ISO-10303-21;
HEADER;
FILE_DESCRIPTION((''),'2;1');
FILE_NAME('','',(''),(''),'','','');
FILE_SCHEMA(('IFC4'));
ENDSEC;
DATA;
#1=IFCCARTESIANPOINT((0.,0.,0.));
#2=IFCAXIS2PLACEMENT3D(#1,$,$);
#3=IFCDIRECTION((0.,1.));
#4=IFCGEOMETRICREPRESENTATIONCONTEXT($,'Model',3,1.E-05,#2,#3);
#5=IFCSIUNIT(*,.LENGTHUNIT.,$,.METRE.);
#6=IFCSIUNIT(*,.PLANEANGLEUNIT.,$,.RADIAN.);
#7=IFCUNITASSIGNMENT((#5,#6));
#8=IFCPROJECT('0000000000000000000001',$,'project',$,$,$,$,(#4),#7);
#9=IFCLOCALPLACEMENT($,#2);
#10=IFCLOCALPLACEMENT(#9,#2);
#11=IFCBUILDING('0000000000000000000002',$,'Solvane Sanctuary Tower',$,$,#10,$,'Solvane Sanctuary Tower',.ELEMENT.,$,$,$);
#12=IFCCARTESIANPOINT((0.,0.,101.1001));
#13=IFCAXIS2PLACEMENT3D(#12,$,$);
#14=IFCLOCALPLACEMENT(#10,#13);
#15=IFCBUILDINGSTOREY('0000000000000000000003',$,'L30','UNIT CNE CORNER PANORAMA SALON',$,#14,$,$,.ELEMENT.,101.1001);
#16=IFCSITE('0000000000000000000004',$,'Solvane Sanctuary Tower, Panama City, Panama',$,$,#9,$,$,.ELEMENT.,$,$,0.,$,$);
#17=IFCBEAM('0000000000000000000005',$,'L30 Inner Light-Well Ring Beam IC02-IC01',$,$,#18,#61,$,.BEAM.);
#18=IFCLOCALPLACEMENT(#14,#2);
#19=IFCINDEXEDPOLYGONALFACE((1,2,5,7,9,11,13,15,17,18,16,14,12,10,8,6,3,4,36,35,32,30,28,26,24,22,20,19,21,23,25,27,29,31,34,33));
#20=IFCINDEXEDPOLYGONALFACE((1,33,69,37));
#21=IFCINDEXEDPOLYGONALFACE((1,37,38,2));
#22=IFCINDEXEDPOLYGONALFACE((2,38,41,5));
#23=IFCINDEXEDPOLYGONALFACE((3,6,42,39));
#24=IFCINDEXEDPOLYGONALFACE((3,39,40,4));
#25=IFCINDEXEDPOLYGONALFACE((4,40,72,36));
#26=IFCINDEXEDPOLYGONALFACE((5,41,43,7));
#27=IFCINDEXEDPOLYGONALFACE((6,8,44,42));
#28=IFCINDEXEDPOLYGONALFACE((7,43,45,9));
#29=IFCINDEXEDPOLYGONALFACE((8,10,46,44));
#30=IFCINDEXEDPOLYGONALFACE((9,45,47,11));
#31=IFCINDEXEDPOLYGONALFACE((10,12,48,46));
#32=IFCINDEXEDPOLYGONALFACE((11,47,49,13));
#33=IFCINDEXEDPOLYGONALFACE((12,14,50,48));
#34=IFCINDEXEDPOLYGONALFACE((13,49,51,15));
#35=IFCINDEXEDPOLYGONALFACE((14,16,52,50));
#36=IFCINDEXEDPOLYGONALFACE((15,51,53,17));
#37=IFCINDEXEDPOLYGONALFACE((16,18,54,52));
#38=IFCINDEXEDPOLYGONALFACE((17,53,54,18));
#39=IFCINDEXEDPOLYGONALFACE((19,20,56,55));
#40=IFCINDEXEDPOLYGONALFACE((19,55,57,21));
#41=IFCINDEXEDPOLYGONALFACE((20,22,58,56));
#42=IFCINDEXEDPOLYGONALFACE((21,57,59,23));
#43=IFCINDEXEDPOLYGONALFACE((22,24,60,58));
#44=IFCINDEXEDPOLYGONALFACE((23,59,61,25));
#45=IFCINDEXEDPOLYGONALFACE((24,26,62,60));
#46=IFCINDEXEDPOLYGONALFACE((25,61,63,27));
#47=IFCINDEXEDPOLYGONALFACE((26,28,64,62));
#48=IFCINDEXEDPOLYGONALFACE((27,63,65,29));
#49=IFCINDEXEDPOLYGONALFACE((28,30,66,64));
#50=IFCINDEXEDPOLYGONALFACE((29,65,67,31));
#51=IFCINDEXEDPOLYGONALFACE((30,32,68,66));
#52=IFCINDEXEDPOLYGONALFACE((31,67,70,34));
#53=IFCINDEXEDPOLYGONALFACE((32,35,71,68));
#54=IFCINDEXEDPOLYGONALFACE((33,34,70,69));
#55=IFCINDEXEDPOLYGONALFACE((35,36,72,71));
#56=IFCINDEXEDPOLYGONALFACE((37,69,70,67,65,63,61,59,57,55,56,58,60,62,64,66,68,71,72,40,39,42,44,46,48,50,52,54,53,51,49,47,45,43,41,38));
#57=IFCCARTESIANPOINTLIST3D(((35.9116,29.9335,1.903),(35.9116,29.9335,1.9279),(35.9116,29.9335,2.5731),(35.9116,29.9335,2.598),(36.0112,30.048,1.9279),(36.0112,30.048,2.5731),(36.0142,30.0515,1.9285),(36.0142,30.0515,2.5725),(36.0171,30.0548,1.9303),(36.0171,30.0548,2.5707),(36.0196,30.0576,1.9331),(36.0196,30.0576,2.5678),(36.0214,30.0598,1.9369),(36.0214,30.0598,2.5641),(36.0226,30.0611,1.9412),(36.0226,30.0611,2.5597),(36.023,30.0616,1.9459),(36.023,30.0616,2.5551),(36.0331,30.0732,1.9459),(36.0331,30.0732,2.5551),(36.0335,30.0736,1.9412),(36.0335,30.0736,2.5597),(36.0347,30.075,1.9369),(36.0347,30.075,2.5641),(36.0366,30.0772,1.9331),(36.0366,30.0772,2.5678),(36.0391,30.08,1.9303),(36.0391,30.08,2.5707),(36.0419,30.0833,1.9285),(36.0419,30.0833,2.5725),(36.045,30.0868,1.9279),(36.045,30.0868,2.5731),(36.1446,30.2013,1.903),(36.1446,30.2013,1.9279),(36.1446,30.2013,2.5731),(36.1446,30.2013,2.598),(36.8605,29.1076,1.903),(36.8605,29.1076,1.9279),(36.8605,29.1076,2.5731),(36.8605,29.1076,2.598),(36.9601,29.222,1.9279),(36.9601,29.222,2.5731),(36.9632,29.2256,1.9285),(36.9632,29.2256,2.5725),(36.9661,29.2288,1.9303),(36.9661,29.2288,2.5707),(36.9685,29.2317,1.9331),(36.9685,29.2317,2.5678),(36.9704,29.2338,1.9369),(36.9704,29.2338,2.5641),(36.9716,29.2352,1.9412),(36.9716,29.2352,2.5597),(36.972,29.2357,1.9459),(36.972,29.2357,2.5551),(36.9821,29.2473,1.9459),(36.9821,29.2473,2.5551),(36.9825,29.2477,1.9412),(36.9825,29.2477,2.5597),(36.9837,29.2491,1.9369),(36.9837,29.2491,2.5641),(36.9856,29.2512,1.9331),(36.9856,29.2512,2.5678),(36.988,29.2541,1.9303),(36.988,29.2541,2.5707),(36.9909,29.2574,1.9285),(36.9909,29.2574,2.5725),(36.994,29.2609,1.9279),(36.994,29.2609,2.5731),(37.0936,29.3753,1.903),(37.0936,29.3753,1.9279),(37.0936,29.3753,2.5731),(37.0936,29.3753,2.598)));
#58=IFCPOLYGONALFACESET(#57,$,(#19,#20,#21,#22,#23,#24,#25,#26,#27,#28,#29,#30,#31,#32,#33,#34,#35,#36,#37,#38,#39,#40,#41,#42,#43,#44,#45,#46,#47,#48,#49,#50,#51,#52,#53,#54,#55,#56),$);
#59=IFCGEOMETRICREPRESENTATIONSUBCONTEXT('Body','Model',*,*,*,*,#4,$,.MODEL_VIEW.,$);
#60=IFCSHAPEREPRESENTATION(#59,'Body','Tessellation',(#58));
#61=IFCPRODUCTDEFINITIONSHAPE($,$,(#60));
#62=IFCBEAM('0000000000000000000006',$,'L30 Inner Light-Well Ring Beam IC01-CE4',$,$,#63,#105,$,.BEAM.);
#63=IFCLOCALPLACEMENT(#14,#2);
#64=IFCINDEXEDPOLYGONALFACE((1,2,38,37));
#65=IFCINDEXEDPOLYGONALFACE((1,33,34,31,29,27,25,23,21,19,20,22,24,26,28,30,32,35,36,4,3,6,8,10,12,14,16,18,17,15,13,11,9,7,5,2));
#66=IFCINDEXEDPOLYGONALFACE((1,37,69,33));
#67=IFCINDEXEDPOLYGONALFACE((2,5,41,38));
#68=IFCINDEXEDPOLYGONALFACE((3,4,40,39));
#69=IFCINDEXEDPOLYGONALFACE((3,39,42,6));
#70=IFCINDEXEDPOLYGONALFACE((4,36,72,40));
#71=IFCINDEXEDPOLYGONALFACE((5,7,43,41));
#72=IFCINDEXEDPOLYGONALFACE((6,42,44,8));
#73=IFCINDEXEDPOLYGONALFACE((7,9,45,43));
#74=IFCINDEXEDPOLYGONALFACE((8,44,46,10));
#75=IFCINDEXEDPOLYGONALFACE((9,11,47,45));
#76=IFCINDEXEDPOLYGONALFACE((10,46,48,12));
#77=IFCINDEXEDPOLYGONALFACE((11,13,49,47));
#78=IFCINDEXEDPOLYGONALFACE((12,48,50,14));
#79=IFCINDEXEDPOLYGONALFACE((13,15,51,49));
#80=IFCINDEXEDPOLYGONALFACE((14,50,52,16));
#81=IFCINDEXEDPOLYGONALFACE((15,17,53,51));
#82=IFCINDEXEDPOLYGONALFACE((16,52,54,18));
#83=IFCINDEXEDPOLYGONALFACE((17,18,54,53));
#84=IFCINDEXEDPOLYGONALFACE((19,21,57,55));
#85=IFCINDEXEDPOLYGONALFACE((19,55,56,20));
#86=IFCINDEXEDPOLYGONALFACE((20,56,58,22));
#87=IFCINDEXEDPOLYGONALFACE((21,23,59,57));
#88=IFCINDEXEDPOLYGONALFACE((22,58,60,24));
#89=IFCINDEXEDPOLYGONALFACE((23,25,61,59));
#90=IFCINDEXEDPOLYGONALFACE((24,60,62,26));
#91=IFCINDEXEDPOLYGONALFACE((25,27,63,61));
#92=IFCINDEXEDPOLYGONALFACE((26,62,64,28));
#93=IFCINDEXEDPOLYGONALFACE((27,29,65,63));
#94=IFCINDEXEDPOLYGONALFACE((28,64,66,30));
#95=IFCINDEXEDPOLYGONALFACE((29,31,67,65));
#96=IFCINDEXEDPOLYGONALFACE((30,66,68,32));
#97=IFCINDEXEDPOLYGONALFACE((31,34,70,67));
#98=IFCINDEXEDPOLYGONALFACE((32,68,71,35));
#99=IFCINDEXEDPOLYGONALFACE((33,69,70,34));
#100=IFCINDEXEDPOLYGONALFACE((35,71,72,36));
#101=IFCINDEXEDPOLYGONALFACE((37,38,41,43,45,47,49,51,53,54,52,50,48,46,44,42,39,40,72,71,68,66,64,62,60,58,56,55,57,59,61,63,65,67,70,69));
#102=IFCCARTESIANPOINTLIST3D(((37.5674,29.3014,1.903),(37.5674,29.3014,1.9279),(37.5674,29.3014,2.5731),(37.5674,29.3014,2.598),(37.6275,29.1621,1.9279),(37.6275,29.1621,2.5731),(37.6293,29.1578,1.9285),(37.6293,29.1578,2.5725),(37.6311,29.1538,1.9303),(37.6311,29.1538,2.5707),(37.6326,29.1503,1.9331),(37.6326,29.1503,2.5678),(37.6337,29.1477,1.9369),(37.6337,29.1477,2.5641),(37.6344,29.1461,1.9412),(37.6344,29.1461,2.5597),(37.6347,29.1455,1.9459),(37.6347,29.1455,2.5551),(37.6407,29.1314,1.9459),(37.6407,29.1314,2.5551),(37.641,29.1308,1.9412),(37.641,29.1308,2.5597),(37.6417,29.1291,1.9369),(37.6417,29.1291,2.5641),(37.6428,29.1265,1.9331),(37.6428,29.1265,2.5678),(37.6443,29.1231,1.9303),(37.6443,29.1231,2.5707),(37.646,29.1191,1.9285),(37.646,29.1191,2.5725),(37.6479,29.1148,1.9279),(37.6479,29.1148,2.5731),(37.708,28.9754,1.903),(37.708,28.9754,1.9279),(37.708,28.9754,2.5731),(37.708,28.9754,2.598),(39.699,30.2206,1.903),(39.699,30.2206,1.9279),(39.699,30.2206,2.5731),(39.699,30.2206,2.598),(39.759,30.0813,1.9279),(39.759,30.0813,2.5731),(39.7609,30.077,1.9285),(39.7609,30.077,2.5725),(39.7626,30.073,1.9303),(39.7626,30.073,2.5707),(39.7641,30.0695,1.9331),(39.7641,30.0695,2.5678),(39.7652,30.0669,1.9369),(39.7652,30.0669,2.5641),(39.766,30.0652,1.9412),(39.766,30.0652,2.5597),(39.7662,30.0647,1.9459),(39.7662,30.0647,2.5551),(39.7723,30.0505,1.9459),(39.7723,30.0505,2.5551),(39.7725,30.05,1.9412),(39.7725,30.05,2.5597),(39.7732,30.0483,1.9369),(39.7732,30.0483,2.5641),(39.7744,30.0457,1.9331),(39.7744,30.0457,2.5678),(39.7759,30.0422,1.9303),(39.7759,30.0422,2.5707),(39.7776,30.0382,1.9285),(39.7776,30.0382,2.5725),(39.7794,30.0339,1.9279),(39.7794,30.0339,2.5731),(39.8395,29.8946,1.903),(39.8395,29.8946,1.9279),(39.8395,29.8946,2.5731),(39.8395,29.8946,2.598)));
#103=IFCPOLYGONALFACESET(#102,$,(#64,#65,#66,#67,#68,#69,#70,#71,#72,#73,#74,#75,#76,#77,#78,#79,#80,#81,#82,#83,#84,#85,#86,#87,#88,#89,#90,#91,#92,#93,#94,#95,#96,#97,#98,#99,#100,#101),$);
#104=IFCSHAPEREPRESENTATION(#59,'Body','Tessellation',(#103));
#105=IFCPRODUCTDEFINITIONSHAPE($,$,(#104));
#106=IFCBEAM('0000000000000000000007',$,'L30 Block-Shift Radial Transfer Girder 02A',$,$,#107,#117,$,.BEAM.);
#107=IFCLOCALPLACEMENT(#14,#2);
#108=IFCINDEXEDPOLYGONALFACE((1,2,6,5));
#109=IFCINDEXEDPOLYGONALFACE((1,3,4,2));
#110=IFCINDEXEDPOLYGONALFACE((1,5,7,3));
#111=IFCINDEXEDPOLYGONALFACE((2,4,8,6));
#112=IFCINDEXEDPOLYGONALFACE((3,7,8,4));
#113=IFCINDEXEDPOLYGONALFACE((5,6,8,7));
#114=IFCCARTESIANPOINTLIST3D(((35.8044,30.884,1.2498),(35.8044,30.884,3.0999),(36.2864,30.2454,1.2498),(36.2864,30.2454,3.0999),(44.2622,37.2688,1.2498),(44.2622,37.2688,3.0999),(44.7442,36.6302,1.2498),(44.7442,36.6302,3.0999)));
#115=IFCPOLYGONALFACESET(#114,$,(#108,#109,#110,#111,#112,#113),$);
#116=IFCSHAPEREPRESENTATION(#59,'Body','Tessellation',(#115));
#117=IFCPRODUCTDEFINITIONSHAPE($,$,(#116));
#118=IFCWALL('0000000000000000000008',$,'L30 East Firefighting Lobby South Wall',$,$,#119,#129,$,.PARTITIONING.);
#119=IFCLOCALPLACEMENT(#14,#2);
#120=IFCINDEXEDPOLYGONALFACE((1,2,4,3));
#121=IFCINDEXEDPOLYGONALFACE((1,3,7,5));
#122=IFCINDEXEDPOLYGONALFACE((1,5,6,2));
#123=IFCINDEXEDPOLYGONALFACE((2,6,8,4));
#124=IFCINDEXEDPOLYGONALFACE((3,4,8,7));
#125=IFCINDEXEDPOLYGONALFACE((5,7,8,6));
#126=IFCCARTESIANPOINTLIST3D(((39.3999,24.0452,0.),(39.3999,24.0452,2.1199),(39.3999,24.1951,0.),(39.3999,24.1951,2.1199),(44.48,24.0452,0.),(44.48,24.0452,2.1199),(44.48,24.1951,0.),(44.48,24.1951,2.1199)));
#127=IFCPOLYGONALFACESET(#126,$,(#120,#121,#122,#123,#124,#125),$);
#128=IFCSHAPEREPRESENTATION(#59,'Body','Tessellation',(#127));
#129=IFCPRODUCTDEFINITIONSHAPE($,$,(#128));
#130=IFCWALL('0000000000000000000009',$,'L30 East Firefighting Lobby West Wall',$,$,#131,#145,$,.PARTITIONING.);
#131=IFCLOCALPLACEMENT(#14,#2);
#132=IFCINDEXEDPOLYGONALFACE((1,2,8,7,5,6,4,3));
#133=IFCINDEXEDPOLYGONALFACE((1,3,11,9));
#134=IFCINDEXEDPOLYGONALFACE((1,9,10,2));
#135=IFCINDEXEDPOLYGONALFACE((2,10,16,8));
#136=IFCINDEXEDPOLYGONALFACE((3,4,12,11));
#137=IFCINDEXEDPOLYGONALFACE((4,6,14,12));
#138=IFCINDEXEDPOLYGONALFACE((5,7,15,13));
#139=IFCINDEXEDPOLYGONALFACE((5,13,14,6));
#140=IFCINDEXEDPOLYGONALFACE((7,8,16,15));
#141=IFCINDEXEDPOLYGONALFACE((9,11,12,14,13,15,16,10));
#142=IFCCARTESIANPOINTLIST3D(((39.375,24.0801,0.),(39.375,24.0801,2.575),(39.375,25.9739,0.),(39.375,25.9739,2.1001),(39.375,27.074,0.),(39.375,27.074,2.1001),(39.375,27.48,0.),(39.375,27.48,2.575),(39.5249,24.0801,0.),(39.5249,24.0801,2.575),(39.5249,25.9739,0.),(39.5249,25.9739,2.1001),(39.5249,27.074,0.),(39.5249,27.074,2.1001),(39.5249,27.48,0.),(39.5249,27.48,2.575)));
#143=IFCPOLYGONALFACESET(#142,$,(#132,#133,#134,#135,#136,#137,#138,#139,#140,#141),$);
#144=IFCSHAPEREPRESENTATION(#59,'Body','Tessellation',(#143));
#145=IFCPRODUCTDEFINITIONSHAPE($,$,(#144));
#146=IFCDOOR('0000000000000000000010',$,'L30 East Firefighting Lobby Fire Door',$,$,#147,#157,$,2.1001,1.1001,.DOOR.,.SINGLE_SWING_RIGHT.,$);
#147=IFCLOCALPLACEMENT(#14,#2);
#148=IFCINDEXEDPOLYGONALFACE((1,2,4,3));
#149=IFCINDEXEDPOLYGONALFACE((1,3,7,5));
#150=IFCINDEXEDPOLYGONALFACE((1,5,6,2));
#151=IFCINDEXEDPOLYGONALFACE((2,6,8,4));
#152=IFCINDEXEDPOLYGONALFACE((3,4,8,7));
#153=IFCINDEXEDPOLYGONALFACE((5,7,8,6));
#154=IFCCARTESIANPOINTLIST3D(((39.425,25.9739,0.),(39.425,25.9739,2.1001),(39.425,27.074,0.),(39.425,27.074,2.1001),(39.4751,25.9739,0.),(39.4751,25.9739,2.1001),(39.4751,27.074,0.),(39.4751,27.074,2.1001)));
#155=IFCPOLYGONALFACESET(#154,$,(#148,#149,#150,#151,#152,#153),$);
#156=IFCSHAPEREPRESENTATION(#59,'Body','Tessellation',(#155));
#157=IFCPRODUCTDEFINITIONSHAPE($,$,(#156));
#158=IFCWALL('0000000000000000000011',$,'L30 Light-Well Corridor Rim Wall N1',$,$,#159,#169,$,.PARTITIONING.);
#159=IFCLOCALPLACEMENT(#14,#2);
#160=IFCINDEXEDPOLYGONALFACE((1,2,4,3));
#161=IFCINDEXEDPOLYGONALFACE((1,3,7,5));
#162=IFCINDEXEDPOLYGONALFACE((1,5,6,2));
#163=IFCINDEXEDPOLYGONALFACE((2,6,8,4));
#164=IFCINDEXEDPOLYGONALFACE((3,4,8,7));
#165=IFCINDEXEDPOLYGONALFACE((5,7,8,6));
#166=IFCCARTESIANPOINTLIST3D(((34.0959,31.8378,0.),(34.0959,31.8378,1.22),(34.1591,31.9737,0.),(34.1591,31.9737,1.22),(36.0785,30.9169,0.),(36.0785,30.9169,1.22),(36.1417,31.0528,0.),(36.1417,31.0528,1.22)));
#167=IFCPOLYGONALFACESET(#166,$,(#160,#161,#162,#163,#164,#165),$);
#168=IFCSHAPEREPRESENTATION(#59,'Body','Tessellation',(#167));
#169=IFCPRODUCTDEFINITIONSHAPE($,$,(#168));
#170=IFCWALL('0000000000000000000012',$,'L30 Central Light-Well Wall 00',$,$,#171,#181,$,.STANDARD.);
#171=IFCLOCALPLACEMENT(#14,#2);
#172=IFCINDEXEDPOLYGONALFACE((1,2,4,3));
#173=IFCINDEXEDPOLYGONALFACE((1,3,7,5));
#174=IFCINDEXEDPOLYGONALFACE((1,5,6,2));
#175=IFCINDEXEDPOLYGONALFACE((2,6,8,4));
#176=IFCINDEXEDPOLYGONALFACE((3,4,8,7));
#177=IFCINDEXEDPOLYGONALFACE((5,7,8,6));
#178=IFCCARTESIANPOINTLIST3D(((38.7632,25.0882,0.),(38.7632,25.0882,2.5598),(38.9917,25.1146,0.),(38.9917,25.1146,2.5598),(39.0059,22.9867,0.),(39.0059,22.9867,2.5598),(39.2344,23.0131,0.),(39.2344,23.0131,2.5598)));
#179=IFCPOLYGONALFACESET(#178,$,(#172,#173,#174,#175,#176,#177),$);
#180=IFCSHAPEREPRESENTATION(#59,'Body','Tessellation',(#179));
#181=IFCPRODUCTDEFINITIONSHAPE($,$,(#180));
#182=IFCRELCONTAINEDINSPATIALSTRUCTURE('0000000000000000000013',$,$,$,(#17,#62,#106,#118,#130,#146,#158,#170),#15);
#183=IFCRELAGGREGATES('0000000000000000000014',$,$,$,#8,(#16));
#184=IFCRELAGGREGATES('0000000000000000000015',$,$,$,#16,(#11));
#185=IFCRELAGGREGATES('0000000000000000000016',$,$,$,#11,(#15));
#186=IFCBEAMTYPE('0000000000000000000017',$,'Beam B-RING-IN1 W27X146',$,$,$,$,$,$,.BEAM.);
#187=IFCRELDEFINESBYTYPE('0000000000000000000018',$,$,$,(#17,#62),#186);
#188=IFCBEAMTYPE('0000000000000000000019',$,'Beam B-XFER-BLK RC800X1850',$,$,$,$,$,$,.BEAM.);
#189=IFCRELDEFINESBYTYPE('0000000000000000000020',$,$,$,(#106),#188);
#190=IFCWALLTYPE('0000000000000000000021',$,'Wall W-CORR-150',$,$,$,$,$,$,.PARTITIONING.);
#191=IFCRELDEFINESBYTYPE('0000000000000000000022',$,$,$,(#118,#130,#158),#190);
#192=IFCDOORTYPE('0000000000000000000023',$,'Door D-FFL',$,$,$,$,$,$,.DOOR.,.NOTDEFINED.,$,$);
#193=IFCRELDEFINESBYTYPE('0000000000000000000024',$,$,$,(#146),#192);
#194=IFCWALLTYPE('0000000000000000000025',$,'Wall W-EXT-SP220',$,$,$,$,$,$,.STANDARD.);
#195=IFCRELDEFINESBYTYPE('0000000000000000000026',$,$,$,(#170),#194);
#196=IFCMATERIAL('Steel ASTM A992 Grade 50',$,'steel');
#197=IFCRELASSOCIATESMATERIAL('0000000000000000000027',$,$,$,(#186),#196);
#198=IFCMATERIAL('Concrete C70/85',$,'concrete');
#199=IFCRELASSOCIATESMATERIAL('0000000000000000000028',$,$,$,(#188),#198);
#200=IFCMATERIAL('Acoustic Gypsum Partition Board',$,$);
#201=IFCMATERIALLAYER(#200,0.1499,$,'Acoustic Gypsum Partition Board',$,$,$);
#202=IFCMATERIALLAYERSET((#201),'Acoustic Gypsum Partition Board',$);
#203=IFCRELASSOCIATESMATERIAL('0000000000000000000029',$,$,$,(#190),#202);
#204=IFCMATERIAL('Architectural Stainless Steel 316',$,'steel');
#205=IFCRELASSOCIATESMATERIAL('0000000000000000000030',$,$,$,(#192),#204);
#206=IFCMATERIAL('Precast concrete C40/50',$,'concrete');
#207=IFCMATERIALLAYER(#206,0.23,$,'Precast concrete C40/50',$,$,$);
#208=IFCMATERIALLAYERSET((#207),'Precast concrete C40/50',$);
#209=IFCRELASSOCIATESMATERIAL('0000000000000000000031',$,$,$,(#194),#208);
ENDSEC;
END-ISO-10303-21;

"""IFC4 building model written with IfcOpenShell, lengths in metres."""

from ifc_helpers import new_model, si_unit, direction, frame, frame_2d, origin, origin_2d, place, context, subcontext, project, spatial, rectangle, i_section, extrude, material, layer, layer_set, material_profile, profile_set, type_object, element, fill, save


model = new_model("IFC4")

# Units and contexts
model_context = context("Model", 3, precision=1e-05, world=origin(), true_north=direction((0.0, 1.0)))
body_context = subcontext(model_context, "Body", "Model", "MODEL_VIEW")
ifc_project = project(units=[si_unit("LENGTHUNIT", "METRE"), si_unit("PLANEANGLEUNIT", "RADIAN")], contexts=[model_context])

# Site, building, storey
site_placement = place(None, origin())
site = spatial("IfcSite", under=ifc_project, at=site_placement, Name="Solvane Sanctuary Tower, Panama City, Panama", CompositionType="ELEMENT", RefElevation=0.0)
building_placement = place(site_placement, origin())
building = spatial("IfcBuilding", under=site, at=building_placement, Name="Solvane Sanctuary Tower", LongName="Solvane Sanctuary Tower", CompositionType="ELEMENT")
storey_placement = place(building_placement, frame((0.0, 0.0, 101.1001)))
storey = spatial("IfcBuildingStorey", under=building, at=storey_placement, Name="L30", Description="UNIT CNE CORNER PANORAMA SALON", CompositionType="ELEMENT", Elevation=101.1001)

# Beams
ifc_material_1 = material(Name="Steel ASTM A992 Grade 50", Category="steel")
ifc_material_profile_1 = material_profile(ifc_material_1, i_section(OverallWidth=0.355, OverallDepth=0.6951, WebThickness=0.0154, FlangeThickness=0.0249, FilletRadius=0.0181, at=origin_2d()), Name="W27X146")
ifc_profile_set_1 = profile_set([ifc_material_profile_1], Name="Steel ASTM A992 Grade 50")
beam_type_1 = type_object("IfcBeamType", Name="Beam B-RING-IN1 W27X146", PredefinedType="BEAM", material=ifc_profile_set_1)
beam_1_placement = place(storey_placement, frame((36.0281, 30.0674, 2.2505), z_axis=(0.754317, -0.65651, 0.0), x_axis=(0.65651, 0.754317, 0.0)))
element("IfcBeam", 1, at=beam_1_placement, inside=storey, type_object=beam_type_1, Name="L30 Inner Light-Well Ring Beam IC02-IC01", PredefinedType="BEAM", context=body_context, shape_type="SweptSolid", body=[
    extrude(i_section(OverallWidth=0.355, OverallDepth=0.6951, WebThickness=0.0154, FlangeThickness=0.0249, FilletRadius=0.0181, at=origin_2d()), origin(), (0.0, 0.0, 1.0), 1.2581),
])
beam_2_placement = place(storey_placement, frame((37.6377, 29.1384, 2.2505), z_axis=(0.918261, 0.395975, 0.0), x_axis=(-0.395975, 0.918261, 0.0)))
element("IfcBeam", 2, at=beam_2_placement, inside=storey, type_object=beam_type_1, Name="L30 Inner Light-Well Ring Beam IC01-CE4", PredefinedType="BEAM", context=body_context, shape_type="SweptSolid", body=[
    extrude(i_section(OverallWidth=0.355, OverallDepth=0.6951, WebThickness=0.0154, FlangeThickness=0.0249, FilletRadius=0.0181, at=origin_2d()), origin(), (0.0, 0.0, 1.0), 2.3213),
])
ifc_material_2 = material(Name="Concrete C70/85", Category="concrete")
ifc_material_profile_2 = material_profile(ifc_material_2, rectangle(XDim=0.8, YDim=1.8501, at=origin_2d()), Name="RC800X1850")
ifc_profile_set_2 = profile_set([ifc_material_profile_2], Name="Concrete C70/85")
beam_type_2 = type_object("IfcBeamType", Name="Beam B-XFER-BLK RC800X1850", PredefinedType="BEAM", material=ifc_profile_set_2)
beam_3_placement = place(storey_placement, frame((36.0454, 30.5647, 2.1748), z_axis=(0.798119, 0.6025, 0.0), x_axis=(-0.6025, 0.798119, 0.0)))
element("IfcBeam", 3, at=beam_3_placement, inside=storey, type_object=beam_type_2, Name="L30 Block-Shift Radial Transfer Girder 02A", PredefinedType="BEAM", context=body_context, shape_type="SweptSolid", body=[
    extrude(rectangle(XDim=0.8, YDim=1.8501, at=origin_2d()), origin(), (0.0, 0.0, 1.0), 10.5972),
])

# Wall
ifc_material_3 = material(Name="Acoustic Gypsum Partition Board")
ifc_layer_1 = layer(ifc_material_3, 0.1499, Name="Acoustic Gypsum Partition Board")
ifc_layer_set_1 = layer_set([ifc_layer_1], Name="Acoustic Gypsum Partition Board")
wall_type_1 = type_object("IfcWallType", Name="Wall W-CORR-150", PredefinedType="PARTITIONING", material=ifc_layer_set_1)
wall_1_placement = place(storey_placement, frame((39.3999, 24.1201, 0.0), z_axis=(0.0, 0.0, 1.0), x_axis=(1.0, 0.0, 0.0)))
element("IfcWall", 4, at=wall_1_placement, inside=storey, type_object=wall_type_1, Name="L30 East Firefighting Lobby South Wall", PredefinedType="PARTITIONING", context=body_context, shape_type="SweptSolid", body=[
    extrude(rectangle(XDim=5.0801, YDim=0.1499, at=frame_2d((2.54, 0.0))), origin(), (0.0, 0.0, 1.0), 2.1199),
])

# Wall, opening, door
wall_2_placement = place(storey_placement, frame((39.45, 24.0801, 0.0), z_axis=(0.0, 0.0, 1.0), x_axis=(0.0, 1.0, 0.0)))
wall_2 = element("IfcWall", 5, at=wall_2_placement, inside=storey, type_object=wall_type_1, Name="L30 East Firefighting Lobby West Wall", PredefinedType="PARTITIONING", context=body_context, shape_type="SweptSolid", body=[
    extrude(rectangle(XDim=3.3999, YDim=0.1499, at=frame_2d((1.7, 0.0))), origin(), (0.0, 0.0, 1.0), 2.575),
])
opening_placement = place(wall_2_placement, frame((1.8938, 0.0, 0.0)))
opening = element("IfcOpeningElement", 6, at=opening_placement, cuts=wall_2, PredefinedType="OPENING", context=body_context, shape_type="SweptSolid", body=[
    extrude(rectangle(XDim=1.1001, YDim=2.1001, at=frame_2d((0.55, 1.05))), frame((0.0, 0.085, 0.0), z_axis=(0.0, -1.0, 0.0), x_axis=(1.0, 0.0, 0.0)), (0.0, 0.0, 1.0), 0.1699),
])
ifc_material_4 = material(Name="Architectural Stainless Steel 316", Category="steel")
door_type = type_object("IfcDoorType", Name="Door D-FFL", OperationType="NOTDEFINED", PredefinedType="DOOR", material=ifc_material_4)
door_placement = place(opening_placement, origin())
door = element("IfcDoor", 7, at=door_placement, inside=storey, type_object=door_type, Name="L30 East Firefighting Lobby Fire Door", OperationType="SINGLE_SWING_RIGHT", OverallHeight=2.1001, OverallWidth=1.1001, PredefinedType="DOOR", context=body_context, shape_type="SweptSolid", body=[
    extrude(rectangle(XDim=1.1001, YDim=2.1001, at=frame_2d((0.55, 1.05))), frame((0.0, 0.0249, 0.0), z_axis=(0.0, -1.0, 0.0), x_axis=(1.0, 0.0, 0.0)), (0.0, 0.0, 1.0), 0.05),
])
fill(opening, door)

# Walls
wall_3_placement = place(storey_placement, frame((36.1101, 30.9849, 0.0), z_axis=(0.0, 0.0, 1.0), x_axis=(-0.906943, 0.421252, 0.0)))
element("IfcWall", 8, at=wall_3_placement, inside=storey, type_object=wall_type_1, Name="L30 Light-Well Corridor Rim Wall N1", PredefinedType="PARTITIONING", context=body_context, shape_type="SweptSolid", body=[
    extrude(rectangle(XDim=2.186, YDim=0.1499, at=frame_2d((1.093, 0.0))), origin(), (0.0, 0.0, 1.0), 1.22),
])
ifc_material_5 = material(Name="Precast concrete C40/50", Category="concrete")
ifc_layer_2 = layer(ifc_material_5, 0.23, Name="Precast concrete C40/50")
ifc_layer_set_2 = layer_set([ifc_layer_2], Name="Precast concrete C40/50")
wall_type_2 = type_object("IfcWallType", Name="Wall W-EXT-SP220", PredefinedType="STANDARD", material=ifc_layer_set_2)
wall_4_placement = place(storey_placement, frame((39.1201, 23.0, 0.0), z_axis=(0.0, 0.0, 1.0), x_axis=(-0.114712, 0.993399, 0.0)))
element("IfcWall", 9, at=wall_4_placement, inside=storey, type_object=wall_type_2, Name="L30 Central Light-Well Wall 00", PredefinedType="STANDARD", context=body_context, shape_type="SweptSolid", body=[
    extrude(rectangle(XDim=2.1155, YDim=0.23, at=frame_2d((1.0576, 0.0))), origin(), (0.0, 0.0, 1.0), 2.5598),
])

save(model, "model.ifc")
